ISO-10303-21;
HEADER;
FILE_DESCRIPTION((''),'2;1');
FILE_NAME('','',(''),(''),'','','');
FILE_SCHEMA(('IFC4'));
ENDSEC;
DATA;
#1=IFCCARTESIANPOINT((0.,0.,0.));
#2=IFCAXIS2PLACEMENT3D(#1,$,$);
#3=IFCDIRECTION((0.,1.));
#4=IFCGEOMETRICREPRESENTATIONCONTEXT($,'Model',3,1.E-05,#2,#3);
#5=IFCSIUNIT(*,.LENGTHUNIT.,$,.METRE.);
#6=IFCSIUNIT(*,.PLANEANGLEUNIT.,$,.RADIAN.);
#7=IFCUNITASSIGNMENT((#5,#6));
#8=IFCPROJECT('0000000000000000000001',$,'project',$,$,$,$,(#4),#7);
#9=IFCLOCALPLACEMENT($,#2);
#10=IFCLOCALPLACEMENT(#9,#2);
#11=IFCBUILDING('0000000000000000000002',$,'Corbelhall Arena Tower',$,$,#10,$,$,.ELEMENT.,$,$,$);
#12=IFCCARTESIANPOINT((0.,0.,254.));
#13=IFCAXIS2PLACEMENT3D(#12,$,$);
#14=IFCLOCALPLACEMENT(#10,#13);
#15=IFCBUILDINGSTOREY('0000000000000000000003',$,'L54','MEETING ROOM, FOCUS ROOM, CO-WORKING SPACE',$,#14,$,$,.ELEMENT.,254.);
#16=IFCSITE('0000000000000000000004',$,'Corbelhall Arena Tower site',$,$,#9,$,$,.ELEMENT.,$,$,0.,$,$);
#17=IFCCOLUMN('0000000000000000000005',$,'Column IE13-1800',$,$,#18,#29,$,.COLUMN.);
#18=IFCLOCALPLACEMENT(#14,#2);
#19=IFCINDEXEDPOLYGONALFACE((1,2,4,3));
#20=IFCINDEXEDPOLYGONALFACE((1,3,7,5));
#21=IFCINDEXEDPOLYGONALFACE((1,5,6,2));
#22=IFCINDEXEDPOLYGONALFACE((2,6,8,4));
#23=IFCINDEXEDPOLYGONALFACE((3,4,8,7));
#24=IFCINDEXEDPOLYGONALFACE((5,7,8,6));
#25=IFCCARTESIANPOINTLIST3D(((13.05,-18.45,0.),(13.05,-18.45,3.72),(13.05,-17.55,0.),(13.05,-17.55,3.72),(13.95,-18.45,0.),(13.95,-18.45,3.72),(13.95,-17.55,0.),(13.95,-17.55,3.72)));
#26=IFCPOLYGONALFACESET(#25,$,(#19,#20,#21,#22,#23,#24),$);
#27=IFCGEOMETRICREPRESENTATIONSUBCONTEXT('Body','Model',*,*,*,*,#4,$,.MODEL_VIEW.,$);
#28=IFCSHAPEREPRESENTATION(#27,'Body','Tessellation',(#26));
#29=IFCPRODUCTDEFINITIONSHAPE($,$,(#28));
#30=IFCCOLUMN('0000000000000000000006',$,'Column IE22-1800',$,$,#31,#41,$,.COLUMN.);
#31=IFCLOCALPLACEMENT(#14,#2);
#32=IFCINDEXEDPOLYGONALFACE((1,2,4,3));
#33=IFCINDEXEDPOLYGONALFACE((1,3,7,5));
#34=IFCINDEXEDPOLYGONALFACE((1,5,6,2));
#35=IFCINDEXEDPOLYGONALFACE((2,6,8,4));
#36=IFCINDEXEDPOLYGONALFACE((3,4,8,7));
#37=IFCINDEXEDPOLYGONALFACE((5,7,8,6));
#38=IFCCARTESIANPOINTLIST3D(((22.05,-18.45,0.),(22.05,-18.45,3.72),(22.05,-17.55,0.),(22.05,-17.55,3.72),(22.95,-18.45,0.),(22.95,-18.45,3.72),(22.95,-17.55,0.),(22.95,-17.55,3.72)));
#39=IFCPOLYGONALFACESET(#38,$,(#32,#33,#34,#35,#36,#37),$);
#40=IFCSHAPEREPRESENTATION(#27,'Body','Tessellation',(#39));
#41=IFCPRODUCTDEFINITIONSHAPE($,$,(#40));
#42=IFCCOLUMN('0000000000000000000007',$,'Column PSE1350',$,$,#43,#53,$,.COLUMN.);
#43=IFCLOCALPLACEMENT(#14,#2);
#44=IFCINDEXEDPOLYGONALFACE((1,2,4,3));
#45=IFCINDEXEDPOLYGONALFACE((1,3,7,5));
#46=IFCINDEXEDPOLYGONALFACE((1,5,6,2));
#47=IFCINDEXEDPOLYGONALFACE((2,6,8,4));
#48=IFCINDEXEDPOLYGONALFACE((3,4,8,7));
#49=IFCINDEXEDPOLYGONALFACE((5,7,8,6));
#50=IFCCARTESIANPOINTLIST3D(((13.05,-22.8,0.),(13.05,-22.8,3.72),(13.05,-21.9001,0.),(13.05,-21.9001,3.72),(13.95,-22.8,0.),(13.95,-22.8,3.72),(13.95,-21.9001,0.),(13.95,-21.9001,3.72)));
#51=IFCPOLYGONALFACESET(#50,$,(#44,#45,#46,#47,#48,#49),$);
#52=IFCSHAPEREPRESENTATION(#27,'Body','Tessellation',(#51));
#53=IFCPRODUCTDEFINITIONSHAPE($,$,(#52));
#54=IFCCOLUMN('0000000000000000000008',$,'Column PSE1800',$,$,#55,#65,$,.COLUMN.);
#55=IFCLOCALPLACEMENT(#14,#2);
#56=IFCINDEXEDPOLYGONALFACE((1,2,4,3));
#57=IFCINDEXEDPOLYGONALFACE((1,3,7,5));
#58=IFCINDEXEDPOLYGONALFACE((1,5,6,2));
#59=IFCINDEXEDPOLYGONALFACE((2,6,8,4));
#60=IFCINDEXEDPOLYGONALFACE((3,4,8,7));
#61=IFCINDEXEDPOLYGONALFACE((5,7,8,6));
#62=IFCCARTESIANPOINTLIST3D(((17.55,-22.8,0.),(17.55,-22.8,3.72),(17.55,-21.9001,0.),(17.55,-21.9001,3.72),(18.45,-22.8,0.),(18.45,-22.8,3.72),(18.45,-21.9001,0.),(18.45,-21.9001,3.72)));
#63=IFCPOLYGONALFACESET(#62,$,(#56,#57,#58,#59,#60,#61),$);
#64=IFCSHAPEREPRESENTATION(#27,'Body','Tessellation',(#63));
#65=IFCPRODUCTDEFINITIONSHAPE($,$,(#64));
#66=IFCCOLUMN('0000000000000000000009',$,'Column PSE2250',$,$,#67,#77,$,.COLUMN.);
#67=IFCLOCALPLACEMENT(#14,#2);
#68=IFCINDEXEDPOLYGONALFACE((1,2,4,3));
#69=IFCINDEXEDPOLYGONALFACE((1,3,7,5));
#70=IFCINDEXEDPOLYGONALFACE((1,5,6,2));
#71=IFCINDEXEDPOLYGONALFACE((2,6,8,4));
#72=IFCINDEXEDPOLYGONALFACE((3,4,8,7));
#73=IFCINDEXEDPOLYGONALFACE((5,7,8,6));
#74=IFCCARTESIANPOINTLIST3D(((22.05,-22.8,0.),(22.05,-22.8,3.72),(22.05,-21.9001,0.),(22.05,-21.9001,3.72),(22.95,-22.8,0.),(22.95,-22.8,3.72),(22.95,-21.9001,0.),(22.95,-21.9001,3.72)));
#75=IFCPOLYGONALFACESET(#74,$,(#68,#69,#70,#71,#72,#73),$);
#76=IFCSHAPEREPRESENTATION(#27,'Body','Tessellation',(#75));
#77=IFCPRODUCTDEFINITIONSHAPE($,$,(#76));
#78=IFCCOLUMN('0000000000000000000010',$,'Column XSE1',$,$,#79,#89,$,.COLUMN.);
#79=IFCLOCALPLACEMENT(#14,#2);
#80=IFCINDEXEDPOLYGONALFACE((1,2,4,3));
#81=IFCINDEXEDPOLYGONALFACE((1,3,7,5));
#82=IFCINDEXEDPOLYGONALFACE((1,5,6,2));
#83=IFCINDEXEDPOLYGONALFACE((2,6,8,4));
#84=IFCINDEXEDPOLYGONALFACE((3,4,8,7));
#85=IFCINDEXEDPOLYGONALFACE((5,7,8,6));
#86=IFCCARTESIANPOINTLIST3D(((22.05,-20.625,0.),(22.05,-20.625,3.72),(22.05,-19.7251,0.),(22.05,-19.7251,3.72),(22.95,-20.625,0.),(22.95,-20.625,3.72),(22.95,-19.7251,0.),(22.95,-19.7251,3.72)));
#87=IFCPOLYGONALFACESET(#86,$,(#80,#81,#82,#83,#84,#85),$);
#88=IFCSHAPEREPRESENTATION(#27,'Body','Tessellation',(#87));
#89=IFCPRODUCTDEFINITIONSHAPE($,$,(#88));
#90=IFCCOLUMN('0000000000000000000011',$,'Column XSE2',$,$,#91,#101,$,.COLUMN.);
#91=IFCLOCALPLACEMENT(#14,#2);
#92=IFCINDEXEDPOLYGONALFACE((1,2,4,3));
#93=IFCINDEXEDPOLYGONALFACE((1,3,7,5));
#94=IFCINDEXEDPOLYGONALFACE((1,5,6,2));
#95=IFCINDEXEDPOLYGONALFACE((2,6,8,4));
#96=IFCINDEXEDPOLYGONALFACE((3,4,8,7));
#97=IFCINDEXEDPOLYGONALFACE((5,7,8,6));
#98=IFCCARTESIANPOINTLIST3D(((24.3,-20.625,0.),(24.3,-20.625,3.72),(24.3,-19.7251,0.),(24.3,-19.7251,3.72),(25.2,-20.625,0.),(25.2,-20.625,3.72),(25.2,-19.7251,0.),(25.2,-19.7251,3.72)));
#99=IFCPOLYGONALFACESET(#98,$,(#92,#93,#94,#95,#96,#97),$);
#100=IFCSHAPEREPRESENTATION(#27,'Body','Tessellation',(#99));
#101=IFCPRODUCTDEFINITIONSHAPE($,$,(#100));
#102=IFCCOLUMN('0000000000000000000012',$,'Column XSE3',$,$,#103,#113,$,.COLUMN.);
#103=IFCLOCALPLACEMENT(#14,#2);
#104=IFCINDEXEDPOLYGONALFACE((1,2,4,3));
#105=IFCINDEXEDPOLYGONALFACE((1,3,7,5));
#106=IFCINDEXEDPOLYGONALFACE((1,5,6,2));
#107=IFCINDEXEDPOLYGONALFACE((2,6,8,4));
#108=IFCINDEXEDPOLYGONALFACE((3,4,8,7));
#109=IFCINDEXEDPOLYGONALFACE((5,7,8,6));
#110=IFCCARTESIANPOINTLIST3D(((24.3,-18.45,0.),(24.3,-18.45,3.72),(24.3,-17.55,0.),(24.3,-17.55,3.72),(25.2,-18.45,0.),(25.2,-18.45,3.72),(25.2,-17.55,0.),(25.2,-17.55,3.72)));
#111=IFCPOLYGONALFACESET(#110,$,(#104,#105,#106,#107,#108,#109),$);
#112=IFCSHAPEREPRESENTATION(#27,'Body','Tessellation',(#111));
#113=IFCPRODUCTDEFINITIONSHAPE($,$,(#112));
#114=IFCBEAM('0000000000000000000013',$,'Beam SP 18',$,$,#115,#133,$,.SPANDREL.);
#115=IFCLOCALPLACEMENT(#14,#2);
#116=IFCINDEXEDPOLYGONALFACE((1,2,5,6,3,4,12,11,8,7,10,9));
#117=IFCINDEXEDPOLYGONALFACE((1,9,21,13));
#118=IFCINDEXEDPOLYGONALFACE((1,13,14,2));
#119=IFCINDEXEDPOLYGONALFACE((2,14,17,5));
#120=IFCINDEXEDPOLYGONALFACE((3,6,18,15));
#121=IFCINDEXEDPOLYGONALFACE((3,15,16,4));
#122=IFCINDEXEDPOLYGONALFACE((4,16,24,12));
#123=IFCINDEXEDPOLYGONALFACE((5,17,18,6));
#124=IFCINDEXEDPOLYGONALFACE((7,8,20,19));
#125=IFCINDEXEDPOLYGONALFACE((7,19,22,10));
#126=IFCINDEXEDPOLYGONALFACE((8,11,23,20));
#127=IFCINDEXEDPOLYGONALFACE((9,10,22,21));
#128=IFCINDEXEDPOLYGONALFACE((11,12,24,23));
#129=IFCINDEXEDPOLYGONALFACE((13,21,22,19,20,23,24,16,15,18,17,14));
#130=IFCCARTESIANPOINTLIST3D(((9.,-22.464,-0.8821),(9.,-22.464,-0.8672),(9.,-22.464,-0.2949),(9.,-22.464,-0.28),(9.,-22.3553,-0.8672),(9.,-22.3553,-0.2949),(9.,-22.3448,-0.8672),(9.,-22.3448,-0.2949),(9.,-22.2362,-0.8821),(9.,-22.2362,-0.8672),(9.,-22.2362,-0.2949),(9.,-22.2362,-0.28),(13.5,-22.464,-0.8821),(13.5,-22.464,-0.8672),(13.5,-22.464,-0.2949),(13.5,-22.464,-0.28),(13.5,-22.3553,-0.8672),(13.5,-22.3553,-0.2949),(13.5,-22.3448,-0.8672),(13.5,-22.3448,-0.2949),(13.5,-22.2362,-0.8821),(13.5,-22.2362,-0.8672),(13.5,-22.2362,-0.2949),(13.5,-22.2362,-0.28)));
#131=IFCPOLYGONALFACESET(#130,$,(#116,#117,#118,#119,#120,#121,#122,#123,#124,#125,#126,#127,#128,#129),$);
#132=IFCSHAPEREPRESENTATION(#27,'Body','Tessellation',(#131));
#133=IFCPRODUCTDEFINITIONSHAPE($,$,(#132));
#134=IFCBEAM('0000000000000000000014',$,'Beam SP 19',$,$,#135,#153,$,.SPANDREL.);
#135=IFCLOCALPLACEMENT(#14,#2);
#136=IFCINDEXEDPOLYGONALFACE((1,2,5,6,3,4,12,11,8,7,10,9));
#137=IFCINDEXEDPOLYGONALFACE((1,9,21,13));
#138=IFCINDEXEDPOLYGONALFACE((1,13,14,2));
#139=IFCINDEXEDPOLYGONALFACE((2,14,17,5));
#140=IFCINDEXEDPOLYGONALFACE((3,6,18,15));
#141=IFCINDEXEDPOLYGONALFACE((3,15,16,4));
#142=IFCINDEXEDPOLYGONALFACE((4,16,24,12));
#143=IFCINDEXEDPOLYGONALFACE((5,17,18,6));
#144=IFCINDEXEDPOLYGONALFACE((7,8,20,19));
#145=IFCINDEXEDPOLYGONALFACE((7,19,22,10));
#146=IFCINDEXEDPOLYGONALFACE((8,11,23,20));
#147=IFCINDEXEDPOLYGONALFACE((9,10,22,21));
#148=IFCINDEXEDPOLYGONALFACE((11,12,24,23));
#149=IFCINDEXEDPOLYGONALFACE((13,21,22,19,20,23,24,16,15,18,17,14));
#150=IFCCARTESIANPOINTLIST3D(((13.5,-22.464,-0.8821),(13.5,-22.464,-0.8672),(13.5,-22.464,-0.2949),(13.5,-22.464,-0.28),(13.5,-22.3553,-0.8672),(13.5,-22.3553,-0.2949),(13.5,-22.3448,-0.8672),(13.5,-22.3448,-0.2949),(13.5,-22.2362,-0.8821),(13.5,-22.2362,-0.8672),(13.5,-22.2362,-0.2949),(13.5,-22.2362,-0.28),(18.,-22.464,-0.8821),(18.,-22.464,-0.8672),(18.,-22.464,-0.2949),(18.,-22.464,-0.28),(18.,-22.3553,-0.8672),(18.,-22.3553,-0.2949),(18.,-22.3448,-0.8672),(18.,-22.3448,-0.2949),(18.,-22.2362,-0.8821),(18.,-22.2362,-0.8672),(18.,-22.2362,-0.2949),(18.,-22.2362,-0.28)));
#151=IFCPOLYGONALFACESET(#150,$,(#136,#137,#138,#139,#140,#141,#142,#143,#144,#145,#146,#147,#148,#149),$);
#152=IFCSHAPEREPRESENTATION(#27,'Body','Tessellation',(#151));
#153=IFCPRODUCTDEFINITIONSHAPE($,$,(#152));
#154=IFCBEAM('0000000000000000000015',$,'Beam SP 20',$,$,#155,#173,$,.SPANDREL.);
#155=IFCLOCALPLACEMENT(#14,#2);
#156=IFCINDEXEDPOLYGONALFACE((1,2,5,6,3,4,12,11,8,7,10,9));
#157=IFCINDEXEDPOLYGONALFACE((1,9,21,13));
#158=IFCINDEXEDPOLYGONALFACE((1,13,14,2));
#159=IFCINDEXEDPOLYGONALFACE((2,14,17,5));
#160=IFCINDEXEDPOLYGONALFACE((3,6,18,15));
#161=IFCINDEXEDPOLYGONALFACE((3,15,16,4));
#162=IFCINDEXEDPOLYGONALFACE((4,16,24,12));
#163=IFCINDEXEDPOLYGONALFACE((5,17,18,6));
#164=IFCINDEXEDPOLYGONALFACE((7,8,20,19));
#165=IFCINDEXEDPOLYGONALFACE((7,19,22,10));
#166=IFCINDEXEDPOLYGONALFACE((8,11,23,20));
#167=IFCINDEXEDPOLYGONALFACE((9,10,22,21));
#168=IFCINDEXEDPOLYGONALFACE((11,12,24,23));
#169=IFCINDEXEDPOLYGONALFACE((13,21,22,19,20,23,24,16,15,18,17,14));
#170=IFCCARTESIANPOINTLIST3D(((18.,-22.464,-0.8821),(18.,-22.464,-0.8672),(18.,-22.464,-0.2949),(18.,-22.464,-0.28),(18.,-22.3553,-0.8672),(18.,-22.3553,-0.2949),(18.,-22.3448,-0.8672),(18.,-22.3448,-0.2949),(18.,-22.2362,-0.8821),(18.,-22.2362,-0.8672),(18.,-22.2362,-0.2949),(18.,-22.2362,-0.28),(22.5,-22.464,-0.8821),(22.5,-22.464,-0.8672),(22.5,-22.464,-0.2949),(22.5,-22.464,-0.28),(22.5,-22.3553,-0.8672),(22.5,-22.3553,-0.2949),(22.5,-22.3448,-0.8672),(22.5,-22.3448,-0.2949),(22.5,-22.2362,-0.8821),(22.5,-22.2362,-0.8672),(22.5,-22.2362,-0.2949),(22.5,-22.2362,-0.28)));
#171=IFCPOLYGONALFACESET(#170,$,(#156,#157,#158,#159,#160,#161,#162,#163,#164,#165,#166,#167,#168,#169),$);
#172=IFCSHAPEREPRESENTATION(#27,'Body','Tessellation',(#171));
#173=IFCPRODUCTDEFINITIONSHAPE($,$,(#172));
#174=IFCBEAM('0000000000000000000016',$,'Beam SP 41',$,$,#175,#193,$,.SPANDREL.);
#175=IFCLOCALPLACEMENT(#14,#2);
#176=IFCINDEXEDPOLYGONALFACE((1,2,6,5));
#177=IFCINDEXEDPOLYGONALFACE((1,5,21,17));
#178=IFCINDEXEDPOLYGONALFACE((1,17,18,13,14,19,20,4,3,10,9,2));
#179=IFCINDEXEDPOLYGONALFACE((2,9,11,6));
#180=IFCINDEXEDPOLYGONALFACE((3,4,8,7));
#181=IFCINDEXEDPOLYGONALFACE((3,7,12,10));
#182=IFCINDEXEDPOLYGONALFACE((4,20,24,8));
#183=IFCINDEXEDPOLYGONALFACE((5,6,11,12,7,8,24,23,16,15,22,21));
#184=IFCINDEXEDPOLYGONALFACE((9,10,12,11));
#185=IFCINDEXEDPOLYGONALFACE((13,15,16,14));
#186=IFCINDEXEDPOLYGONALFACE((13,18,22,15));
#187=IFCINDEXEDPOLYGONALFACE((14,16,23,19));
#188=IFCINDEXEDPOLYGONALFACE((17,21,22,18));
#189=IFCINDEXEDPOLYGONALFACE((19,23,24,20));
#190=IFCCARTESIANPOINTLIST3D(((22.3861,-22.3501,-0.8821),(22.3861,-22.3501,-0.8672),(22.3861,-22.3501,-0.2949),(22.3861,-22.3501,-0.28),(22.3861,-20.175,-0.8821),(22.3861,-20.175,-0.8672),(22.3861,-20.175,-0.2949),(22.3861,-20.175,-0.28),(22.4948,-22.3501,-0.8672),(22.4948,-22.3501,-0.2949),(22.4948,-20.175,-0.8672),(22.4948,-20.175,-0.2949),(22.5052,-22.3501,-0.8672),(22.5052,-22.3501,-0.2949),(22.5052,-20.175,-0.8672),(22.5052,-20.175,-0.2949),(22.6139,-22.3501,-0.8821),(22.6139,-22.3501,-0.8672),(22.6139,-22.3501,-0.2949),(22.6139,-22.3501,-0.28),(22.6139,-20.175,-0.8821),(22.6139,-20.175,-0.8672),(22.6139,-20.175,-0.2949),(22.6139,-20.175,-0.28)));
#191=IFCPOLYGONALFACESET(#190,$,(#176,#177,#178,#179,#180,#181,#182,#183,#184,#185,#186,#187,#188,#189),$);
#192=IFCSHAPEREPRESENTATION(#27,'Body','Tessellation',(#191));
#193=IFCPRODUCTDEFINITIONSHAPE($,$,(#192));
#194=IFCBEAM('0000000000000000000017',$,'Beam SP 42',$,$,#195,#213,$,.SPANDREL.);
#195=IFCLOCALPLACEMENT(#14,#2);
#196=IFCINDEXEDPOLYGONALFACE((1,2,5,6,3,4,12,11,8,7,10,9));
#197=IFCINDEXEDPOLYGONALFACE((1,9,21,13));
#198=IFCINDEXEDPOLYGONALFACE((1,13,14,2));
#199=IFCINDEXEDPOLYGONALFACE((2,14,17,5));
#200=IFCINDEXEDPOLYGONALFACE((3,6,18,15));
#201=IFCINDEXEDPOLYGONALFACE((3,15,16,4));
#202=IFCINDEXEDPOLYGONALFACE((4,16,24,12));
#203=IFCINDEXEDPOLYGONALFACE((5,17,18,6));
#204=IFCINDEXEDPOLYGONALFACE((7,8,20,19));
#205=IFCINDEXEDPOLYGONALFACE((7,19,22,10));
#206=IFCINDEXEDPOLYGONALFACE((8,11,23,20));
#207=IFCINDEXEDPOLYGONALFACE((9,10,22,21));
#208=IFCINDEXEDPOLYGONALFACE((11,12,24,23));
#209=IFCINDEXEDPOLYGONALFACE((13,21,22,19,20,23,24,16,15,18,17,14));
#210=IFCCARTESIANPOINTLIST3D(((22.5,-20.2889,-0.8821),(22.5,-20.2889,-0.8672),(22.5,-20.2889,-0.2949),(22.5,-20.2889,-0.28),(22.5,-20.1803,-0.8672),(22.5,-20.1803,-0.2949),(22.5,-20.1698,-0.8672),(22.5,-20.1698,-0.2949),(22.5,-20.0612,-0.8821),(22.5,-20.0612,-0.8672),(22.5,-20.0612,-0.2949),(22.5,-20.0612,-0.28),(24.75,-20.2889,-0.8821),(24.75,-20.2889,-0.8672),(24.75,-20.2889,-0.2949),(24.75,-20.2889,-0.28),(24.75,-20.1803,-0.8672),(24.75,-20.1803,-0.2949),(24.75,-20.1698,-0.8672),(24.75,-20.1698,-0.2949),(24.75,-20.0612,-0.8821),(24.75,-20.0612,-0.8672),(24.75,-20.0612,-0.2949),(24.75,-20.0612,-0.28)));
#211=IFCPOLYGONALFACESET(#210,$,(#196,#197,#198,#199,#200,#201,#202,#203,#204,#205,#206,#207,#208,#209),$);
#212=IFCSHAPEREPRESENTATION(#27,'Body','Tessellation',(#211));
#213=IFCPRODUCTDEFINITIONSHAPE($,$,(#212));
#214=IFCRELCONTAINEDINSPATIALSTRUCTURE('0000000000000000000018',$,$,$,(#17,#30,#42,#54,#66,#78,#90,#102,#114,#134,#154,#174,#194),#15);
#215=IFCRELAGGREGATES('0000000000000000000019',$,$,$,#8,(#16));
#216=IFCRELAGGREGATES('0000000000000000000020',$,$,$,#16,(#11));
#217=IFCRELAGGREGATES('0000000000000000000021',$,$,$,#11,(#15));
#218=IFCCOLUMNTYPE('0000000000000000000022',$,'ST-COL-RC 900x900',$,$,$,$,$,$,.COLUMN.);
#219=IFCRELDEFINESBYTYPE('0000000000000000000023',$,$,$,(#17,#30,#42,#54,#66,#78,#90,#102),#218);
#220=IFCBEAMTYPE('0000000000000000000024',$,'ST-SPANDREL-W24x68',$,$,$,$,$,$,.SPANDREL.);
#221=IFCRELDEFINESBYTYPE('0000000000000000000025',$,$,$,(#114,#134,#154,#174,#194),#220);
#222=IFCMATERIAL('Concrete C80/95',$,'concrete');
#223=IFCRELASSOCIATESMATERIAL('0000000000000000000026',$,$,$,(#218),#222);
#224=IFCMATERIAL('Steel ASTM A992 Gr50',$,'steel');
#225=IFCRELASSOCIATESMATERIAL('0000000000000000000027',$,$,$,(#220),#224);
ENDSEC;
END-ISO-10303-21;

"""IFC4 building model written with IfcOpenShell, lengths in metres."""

from ifc_helpers import new_model, si_unit, direction, frame, origin, origin_2d, place, context, subcontext, project, spatial, rectangle, i_section, extrude, material, material_profile, profile_set, type_object, element, save


model = new_model("IFC4")

# Units and contexts
model_context = context("Model", 3, precision=1e-05, world=origin(), true_north=direction((0.0, 1.0)))
body_context = subcontext(model_context, "Body", "Model", "MODEL_VIEW")
ifc_project = project(units=[si_unit("LENGTHUNIT", "METRE"), si_unit("PLANEANGLEUNIT", "RADIAN")], contexts=[model_context])

# Site, building, storey
site_placement = place(None, origin())
site = spatial("IfcSite", under=ifc_project, at=site_placement, Name="Corbelhall Arena Tower site", CompositionType="ELEMENT", RefElevation=0.0)
building_placement = place(site_placement, origin())
building = spatial("IfcBuilding", under=site, at=building_placement, Name="Corbelhall Arena Tower", CompositionType="ELEMENT")
storey_placement = place(building_placement, frame((0.0, 0.0, 254.0)))
storey = spatial("IfcBuildingStorey", under=building, at=storey_placement, Name="L54", Description="MEETING ROOM, FOCUS ROOM, CO-WORKING SPACE", CompositionType="ELEMENT", Elevation=254.0)

# Columns
ifc_material_1 = material(Name="Concrete C80/95", Category="concrete")
ifc_material_profile_1 = material_profile(ifc_material_1, rectangle(XDim=0.8999, YDim=0.8999, at=origin_2d()))
ifc_profile_set_1 = profile_set([ifc_material_profile_1], Name="Concrete C80/95")
column_type = type_object("IfcColumnType", Name="ST-COL-RC 900x900", PredefinedType="COLUMN", material=ifc_profile_set_1)
for number, where, z_axis, x_axis, name in (
    (1, (13.5, -18.0, 0.0), (0.0, 0.0, 1.0), (1.0, 0.0, 0.0), "Column IE13-1800"),
    (2, (22.5, -18.0, 0.0), (0.0, 0.0, 1.0), (1.0, 0.0, 0.0), "Column IE22-1800"),
    (3, (13.5, -22.3501, 0.0), (0.0, 0.0, 1.0), (1.0, 0.0, 0.0), "Column PSE1350"),
    (4, (18.0, -22.3501, 0.0), (0.0, 0.0, 1.0), (1.0, 0.0, 0.0), "Column PSE1800"),
    (5, (22.5, -22.3501, 0.0), (0.0, 0.0, 1.0), (1.0, 0.0, 0.0), "Column PSE2250"),
    (6, (22.5, -20.175, 0.0), (0.0, 0.0, 1.0), (1.0, 0.0, 0.0), "Column XSE1"),
    (7, (24.75, -20.175, 0.0), (0.0, 0.0, 1.0), (1.0, 0.0, 0.0), "Column XSE2"),
    (8, (24.75, -18.0, 0.0), (0.0, 0.0, 1.0), (1.0, 0.0, 0.0), "Column XSE3"),
):
    element("IfcColumn", number, at=place(storey_placement, frame(where, z_axis=z_axis, x_axis=x_axis)), inside=storey, type_object=column_type, Name=name, PredefinedType="COLUMN", context=body_context, shape_type="SweptSolid", body=[
        extrude(rectangle(XDim=0.8999, YDim=0.8999, at=origin_2d()), origin(), (0.0, 0.0, 1.0), 3.72),
    ])

# Beams
ifc_material_2 = material(Name="Steel ASTM A992 Gr50", Category="steel")
ifc_material_profile_2 = material_profile(ifc_material_2, i_section(OverallWidth=0.2278, OverallDepth=0.6021, WebThickness=0.0105, FlangeThickness=0.0149, at=origin_2d()))
ifc_profile_set_2 = profile_set([ifc_material_profile_2], Name="Steel ASTM A992 Gr50")
beam_type = type_object("IfcBeamType", Name="ST-SPANDREL-W24x68", PredefinedType="SPANDREL", material=ifc_profile_set_2)
for number, where, z_axis, x_axis, name in (
    (9, (13.5, -22.3501, -0.5811), (-1.0, 0.0, 0.0), (0.0, -1.0, 0.0), "Beam SP 18"),
    (10, (18.0, -22.3501, -0.5811), (-1.0, 0.0, 0.0), (0.0, -1.0, 0.0), "Beam SP 19"),
    (11, (22.5, -22.3501, -0.5811), (-1.0, 0.0, 0.0), (0.0, -1.0, 0.0), "Beam SP 20"),
):
    element("IfcBeam", number, at=place(storey_placement, frame(where, z_axis=z_axis, x_axis=x_axis)), inside=storey, type_object=beam_type, Name=name, PredefinedType="SPANDREL", context=body_context, shape_type="SweptSolid", body=[
        extrude(i_section(OverallWidth=0.2278, OverallDepth=0.6021, WebThickness=0.0105, FlangeThickness=0.0149, at=origin_2d()), origin(), (0.0, 0.0, 1.0), 4.5),
    ])
beam_1_placement = place(storey_placement, frame((22.5, -20.175, -0.5811), z_axis=(0.0, -1.0, 0.0), x_axis=(1.0, 0.0, 0.0)))
element("IfcBeam", 12, at=beam_1_placement, inside=storey, type_object=beam_type, Name="Beam SP 41", PredefinedType="SPANDREL", context=body_context, shape_type="SweptSolid", body=[
    extrude(i_section(OverallWidth=0.2278, OverallDepth=0.6021, WebThickness=0.0105, FlangeThickness=0.0149, at=origin_2d()), origin(), (0.0, 0.0, 1.0), 2.175),
])
beam_2_placement = place(storey_placement, frame((24.75, -20.175, -0.5811), z_axis=(-1.0, 0.0, 0.0), x_axis=(0.0, -1.0, 0.0)))
element("IfcBeam", 13, at=beam_2_placement, inside=storey, type_object=beam_type, Name="Beam SP 42", PredefinedType="SPANDREL", context=body_context, shape_type="SweptSolid", body=[
    extrude(i_section(OverallWidth=0.2278, OverallDepth=0.6021, WebThickness=0.0105, FlangeThickness=0.0149, at=origin_2d()), origin(), (0.0, 0.0, 1.0), 2.25),
])

save(model, "model.ifc")
